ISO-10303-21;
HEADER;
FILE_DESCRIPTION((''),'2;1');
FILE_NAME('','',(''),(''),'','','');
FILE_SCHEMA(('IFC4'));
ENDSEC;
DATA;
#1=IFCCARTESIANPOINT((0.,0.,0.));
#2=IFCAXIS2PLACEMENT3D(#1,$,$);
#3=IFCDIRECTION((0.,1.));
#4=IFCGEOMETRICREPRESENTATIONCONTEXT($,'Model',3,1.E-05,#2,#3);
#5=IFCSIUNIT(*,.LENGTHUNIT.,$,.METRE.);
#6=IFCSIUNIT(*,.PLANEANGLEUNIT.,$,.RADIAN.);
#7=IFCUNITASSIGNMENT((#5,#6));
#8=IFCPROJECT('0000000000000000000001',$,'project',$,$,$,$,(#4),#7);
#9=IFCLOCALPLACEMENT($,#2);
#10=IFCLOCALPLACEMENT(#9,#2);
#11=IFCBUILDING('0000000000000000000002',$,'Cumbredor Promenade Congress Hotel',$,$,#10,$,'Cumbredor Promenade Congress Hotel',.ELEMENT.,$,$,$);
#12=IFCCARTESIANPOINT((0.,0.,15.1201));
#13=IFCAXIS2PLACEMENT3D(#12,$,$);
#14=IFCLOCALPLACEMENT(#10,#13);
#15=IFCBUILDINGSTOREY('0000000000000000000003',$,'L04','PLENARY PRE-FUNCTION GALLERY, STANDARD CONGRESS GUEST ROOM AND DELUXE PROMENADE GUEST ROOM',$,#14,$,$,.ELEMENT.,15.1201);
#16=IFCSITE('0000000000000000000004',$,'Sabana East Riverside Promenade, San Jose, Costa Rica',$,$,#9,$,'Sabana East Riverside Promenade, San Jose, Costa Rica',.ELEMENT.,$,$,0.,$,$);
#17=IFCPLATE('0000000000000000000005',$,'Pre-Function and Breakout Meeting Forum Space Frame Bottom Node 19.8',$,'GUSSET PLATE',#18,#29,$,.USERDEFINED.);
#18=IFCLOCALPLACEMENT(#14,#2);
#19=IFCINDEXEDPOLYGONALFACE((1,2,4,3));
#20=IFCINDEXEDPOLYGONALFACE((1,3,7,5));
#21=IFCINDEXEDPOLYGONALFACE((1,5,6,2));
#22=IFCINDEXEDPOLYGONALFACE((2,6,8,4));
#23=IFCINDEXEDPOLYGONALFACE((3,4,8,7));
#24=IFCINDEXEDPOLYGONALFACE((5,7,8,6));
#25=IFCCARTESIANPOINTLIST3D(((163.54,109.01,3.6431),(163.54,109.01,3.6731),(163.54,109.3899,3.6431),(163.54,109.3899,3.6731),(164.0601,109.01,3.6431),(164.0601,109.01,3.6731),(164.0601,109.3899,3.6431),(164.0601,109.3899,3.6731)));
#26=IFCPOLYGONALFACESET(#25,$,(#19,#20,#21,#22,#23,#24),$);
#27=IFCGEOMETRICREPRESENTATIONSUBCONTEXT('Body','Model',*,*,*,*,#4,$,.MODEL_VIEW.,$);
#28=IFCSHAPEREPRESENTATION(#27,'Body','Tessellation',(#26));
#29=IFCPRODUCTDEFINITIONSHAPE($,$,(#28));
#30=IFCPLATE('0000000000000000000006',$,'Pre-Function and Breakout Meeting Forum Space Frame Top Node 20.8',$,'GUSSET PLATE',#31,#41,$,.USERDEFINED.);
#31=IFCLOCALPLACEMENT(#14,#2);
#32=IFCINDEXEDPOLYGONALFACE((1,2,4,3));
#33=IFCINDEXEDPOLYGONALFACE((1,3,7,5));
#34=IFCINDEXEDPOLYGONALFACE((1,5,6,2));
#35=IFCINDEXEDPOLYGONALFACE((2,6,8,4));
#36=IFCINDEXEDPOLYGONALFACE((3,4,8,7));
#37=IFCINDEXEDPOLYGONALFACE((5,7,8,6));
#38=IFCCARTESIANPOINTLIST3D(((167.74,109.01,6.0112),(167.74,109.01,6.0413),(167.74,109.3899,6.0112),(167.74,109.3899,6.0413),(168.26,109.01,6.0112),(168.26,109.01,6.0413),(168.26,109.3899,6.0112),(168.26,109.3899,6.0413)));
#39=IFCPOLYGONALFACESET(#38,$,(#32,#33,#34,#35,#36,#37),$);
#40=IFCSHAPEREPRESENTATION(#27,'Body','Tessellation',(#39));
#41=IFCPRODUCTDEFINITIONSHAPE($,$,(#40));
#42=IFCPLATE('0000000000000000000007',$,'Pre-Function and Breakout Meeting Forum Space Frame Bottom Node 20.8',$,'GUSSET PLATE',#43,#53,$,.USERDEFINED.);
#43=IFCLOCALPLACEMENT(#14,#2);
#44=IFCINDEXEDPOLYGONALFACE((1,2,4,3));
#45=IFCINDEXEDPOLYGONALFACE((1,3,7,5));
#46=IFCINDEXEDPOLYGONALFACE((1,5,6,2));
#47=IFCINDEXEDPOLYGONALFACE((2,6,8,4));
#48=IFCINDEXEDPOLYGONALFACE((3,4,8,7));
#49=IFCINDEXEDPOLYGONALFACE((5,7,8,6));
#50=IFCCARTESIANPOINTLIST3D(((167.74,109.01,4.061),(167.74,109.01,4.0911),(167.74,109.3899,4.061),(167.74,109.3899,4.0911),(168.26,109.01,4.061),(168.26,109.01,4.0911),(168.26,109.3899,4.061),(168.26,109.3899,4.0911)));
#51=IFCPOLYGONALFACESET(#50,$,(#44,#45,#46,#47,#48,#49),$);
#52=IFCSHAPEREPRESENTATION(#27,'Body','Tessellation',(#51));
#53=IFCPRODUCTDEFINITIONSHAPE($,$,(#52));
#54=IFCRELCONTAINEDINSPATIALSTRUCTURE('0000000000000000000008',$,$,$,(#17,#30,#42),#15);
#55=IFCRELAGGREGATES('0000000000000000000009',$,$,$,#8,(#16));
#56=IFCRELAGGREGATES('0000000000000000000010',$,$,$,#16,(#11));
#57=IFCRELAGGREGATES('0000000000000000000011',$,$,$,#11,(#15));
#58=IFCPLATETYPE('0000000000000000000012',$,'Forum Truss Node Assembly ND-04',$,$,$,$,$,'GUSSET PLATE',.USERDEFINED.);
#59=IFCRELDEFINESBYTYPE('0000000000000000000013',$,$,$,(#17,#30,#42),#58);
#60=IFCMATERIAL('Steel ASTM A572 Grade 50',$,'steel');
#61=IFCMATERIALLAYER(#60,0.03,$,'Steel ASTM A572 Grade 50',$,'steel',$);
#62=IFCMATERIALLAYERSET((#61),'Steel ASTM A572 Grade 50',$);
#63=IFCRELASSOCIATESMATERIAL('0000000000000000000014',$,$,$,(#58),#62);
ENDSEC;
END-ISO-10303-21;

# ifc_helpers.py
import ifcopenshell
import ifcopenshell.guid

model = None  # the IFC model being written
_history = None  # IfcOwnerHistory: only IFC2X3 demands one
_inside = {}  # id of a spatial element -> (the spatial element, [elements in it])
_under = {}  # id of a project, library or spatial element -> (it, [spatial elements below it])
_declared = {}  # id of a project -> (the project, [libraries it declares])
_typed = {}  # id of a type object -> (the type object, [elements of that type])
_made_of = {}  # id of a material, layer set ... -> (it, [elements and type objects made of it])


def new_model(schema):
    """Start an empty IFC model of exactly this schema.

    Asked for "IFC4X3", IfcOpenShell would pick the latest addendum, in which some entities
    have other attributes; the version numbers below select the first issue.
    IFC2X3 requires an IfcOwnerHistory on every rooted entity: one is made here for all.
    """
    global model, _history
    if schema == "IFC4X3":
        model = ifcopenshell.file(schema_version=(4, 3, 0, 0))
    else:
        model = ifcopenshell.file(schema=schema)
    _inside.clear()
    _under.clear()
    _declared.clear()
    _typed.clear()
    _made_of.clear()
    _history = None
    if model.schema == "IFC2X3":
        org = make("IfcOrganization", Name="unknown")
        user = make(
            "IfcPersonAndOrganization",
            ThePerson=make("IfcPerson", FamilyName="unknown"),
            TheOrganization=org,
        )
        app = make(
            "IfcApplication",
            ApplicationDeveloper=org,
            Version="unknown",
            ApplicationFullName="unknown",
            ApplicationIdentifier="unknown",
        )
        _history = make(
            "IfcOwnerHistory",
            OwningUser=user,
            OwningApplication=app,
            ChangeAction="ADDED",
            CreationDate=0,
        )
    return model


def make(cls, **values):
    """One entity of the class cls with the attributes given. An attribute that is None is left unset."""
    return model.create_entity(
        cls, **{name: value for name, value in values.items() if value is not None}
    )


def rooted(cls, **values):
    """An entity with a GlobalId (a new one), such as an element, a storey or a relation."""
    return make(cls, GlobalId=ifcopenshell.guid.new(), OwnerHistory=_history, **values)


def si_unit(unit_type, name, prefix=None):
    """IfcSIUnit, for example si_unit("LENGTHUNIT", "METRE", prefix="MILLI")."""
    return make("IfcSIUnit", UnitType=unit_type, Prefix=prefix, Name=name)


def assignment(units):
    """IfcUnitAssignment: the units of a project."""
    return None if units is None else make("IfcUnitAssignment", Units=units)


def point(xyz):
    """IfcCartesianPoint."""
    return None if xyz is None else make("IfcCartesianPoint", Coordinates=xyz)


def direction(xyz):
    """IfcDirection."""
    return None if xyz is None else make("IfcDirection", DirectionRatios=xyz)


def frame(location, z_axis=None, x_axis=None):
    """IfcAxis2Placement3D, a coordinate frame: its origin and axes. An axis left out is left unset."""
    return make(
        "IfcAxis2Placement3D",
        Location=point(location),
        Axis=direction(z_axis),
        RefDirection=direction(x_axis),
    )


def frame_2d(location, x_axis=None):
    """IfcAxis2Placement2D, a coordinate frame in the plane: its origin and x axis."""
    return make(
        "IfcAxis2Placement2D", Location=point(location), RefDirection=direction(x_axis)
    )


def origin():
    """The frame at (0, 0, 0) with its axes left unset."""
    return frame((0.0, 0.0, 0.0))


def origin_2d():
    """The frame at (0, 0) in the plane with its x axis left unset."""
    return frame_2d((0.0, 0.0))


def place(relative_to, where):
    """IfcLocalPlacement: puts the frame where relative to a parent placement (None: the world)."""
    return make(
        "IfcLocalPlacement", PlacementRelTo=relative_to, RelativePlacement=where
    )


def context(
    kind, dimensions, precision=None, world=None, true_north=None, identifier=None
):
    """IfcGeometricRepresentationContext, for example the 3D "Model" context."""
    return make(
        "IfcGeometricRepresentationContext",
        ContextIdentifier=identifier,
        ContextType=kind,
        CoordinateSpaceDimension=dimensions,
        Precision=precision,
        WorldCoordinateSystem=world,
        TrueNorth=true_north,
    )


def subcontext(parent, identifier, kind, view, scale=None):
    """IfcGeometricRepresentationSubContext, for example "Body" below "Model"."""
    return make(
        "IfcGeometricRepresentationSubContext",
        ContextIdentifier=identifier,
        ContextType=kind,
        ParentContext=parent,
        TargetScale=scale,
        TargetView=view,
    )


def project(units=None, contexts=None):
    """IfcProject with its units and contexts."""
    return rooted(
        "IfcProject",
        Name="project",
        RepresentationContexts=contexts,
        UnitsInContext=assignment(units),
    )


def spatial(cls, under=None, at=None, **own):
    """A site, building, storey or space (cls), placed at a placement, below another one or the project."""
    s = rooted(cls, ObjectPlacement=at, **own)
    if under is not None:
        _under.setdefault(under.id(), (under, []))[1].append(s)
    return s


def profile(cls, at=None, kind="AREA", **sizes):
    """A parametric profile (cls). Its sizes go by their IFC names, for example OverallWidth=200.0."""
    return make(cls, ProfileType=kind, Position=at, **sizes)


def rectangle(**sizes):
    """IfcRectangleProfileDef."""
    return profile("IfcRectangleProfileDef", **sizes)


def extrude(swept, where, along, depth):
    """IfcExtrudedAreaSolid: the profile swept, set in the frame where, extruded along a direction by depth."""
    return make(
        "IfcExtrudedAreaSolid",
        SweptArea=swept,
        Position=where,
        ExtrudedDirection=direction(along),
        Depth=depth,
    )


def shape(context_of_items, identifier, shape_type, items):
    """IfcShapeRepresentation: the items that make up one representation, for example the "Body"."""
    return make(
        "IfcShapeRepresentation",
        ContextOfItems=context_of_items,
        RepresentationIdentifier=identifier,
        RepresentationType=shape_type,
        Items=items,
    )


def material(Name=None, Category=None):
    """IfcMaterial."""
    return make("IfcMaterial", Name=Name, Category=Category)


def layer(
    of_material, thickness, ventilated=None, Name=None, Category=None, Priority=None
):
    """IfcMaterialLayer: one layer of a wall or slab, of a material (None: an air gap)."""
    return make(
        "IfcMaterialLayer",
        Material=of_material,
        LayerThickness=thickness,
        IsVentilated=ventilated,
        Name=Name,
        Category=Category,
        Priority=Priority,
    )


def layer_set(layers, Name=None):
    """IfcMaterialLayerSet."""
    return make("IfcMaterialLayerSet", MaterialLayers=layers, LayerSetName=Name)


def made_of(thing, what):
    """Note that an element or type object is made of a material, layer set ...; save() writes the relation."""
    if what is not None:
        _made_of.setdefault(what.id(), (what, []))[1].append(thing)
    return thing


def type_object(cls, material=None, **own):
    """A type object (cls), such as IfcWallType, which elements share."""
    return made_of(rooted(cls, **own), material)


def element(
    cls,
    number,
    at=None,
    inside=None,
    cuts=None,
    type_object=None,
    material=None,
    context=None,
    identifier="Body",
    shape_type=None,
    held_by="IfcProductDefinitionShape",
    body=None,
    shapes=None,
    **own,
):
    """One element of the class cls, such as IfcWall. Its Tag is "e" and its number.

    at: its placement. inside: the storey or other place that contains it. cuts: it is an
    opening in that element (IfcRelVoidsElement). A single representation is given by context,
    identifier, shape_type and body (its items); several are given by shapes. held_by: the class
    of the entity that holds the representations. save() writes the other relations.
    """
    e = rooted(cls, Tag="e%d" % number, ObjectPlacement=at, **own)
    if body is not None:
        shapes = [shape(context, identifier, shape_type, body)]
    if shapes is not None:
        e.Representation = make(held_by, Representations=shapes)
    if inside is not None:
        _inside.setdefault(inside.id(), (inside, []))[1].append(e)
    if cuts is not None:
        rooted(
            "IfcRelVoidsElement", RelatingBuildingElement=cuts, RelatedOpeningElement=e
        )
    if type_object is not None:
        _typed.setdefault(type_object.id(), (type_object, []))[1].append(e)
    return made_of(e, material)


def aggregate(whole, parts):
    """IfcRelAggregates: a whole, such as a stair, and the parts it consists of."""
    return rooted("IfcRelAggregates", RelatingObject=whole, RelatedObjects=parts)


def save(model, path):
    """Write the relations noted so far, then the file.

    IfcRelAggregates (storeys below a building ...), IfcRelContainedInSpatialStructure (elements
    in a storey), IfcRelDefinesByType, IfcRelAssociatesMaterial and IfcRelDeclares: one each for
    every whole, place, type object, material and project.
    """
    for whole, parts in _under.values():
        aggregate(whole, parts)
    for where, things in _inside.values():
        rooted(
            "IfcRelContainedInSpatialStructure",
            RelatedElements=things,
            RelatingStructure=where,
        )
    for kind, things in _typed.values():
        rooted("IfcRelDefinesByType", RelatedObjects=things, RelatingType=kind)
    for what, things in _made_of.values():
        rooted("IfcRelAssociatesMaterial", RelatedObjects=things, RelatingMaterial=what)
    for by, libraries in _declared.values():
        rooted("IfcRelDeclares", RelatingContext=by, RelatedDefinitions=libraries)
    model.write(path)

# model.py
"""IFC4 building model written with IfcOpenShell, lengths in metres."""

from ifc_helpers import new_model, si_unit, direction, frame, origin, origin_2d, place, context, subcontext, project, spatial, rectangle, extrude, material, layer, layer_set, type_object, element, save


model = new_model("IFC4")

# Units and contexts
model_context = context("Model", 3, precision=1e-05, world=origin(), true_north=direction((0.0, 1.0)))
body_context = subcontext(model_context, "Body", "Model", "MODEL_VIEW")
ifc_project = project(units=[si_unit("LENGTHUNIT", "METRE"), si_unit("PLANEANGLEUNIT", "RADIAN")], contexts=[model_context])

# Site, building, storey
site_placement = place(None, origin())
site = spatial("IfcSite", under=ifc_project, at=site_placement, Name="Sabana East Riverside Promenade, San Jose, Costa Rica", LongName="Sabana East Riverside Promenade, San Jose, Costa Rica", CompositionType="ELEMENT", RefElevation=0.0)
building_placement = place(site_placement, origin())
building = spatial("IfcBuilding", under=site, at=building_placement, Name="Cumbredor Promenade Congress Hotel", LongName="Cumbredor Promenade Congress Hotel", CompositionType="ELEMENT")
storey_placement = place(building_placement, frame((0.0, 0.0, 15.1201)))
storey = spatial("IfcBuildingStorey", under=building, at=storey_placement, Name="L04", Description="PLENARY PRE-FUNCTION GALLERY, STANDARD CONGRESS GUEST ROOM AND DELUXE PROMENADE GUEST ROOM", CompositionType="ELEMENT", Elevation=15.1201)

# Plates
ifc_material_1 = material(Name="Steel ASTM A572 Grade 50", Category="steel")
ifc_layer = layer(ifc_material_1, 0.03, Name="Steel ASTM A572 Grade 50", Category="steel")
ifc_layer_set = layer_set([ifc_layer], Name="Steel ASTM A572 Grade 50")
plate_type = type_object("IfcPlateType", Name="Forum Truss Node Assembly ND-04", ElementType="GUSSET PLATE", PredefinedType="USERDEFINED", material=ifc_layer_set)
for number, where, z_axis, x_axis, name in (
    (1, (163.8, 109.2, 3.6431), (0.0, 0.0, 1.0), (1.0, 0.0, 0.0), "Pre-Function and Breakout Meeting Forum Space Frame Bottom Node 19.8"),
    (2, (168.0, 109.2, 6.0112), (0.0, 0.0, 1.0), (1.0, 0.0, 0.0), "Pre-Function and Breakout Meeting Forum Space Frame Top Node 20.8"),
    (3, (168.0, 109.2, 4.061), (0.0, 0.0, 1.0), (1.0, 0.0, 0.0), "Pre-Function and Breakout Meeting Forum Space Frame Bottom Node 20.8"),
):
    element("IfcPlate", number, at=place(storey_placement, frame(where, z_axis=z_axis, x_axis=x_axis)), inside=storey, type_object=plate_type, Name=name, ObjectType="GUSSET PLATE", PredefinedType="USERDEFINED", context=body_context, shape_type="SweptSolid", body=[
        extrude(rectangle(XDim=0.52, YDim=0.3799, at=origin_2d()), origin(), (0.0, 0.0, 1.0), 0.03),
    ])

save(model, "model.ifc")
